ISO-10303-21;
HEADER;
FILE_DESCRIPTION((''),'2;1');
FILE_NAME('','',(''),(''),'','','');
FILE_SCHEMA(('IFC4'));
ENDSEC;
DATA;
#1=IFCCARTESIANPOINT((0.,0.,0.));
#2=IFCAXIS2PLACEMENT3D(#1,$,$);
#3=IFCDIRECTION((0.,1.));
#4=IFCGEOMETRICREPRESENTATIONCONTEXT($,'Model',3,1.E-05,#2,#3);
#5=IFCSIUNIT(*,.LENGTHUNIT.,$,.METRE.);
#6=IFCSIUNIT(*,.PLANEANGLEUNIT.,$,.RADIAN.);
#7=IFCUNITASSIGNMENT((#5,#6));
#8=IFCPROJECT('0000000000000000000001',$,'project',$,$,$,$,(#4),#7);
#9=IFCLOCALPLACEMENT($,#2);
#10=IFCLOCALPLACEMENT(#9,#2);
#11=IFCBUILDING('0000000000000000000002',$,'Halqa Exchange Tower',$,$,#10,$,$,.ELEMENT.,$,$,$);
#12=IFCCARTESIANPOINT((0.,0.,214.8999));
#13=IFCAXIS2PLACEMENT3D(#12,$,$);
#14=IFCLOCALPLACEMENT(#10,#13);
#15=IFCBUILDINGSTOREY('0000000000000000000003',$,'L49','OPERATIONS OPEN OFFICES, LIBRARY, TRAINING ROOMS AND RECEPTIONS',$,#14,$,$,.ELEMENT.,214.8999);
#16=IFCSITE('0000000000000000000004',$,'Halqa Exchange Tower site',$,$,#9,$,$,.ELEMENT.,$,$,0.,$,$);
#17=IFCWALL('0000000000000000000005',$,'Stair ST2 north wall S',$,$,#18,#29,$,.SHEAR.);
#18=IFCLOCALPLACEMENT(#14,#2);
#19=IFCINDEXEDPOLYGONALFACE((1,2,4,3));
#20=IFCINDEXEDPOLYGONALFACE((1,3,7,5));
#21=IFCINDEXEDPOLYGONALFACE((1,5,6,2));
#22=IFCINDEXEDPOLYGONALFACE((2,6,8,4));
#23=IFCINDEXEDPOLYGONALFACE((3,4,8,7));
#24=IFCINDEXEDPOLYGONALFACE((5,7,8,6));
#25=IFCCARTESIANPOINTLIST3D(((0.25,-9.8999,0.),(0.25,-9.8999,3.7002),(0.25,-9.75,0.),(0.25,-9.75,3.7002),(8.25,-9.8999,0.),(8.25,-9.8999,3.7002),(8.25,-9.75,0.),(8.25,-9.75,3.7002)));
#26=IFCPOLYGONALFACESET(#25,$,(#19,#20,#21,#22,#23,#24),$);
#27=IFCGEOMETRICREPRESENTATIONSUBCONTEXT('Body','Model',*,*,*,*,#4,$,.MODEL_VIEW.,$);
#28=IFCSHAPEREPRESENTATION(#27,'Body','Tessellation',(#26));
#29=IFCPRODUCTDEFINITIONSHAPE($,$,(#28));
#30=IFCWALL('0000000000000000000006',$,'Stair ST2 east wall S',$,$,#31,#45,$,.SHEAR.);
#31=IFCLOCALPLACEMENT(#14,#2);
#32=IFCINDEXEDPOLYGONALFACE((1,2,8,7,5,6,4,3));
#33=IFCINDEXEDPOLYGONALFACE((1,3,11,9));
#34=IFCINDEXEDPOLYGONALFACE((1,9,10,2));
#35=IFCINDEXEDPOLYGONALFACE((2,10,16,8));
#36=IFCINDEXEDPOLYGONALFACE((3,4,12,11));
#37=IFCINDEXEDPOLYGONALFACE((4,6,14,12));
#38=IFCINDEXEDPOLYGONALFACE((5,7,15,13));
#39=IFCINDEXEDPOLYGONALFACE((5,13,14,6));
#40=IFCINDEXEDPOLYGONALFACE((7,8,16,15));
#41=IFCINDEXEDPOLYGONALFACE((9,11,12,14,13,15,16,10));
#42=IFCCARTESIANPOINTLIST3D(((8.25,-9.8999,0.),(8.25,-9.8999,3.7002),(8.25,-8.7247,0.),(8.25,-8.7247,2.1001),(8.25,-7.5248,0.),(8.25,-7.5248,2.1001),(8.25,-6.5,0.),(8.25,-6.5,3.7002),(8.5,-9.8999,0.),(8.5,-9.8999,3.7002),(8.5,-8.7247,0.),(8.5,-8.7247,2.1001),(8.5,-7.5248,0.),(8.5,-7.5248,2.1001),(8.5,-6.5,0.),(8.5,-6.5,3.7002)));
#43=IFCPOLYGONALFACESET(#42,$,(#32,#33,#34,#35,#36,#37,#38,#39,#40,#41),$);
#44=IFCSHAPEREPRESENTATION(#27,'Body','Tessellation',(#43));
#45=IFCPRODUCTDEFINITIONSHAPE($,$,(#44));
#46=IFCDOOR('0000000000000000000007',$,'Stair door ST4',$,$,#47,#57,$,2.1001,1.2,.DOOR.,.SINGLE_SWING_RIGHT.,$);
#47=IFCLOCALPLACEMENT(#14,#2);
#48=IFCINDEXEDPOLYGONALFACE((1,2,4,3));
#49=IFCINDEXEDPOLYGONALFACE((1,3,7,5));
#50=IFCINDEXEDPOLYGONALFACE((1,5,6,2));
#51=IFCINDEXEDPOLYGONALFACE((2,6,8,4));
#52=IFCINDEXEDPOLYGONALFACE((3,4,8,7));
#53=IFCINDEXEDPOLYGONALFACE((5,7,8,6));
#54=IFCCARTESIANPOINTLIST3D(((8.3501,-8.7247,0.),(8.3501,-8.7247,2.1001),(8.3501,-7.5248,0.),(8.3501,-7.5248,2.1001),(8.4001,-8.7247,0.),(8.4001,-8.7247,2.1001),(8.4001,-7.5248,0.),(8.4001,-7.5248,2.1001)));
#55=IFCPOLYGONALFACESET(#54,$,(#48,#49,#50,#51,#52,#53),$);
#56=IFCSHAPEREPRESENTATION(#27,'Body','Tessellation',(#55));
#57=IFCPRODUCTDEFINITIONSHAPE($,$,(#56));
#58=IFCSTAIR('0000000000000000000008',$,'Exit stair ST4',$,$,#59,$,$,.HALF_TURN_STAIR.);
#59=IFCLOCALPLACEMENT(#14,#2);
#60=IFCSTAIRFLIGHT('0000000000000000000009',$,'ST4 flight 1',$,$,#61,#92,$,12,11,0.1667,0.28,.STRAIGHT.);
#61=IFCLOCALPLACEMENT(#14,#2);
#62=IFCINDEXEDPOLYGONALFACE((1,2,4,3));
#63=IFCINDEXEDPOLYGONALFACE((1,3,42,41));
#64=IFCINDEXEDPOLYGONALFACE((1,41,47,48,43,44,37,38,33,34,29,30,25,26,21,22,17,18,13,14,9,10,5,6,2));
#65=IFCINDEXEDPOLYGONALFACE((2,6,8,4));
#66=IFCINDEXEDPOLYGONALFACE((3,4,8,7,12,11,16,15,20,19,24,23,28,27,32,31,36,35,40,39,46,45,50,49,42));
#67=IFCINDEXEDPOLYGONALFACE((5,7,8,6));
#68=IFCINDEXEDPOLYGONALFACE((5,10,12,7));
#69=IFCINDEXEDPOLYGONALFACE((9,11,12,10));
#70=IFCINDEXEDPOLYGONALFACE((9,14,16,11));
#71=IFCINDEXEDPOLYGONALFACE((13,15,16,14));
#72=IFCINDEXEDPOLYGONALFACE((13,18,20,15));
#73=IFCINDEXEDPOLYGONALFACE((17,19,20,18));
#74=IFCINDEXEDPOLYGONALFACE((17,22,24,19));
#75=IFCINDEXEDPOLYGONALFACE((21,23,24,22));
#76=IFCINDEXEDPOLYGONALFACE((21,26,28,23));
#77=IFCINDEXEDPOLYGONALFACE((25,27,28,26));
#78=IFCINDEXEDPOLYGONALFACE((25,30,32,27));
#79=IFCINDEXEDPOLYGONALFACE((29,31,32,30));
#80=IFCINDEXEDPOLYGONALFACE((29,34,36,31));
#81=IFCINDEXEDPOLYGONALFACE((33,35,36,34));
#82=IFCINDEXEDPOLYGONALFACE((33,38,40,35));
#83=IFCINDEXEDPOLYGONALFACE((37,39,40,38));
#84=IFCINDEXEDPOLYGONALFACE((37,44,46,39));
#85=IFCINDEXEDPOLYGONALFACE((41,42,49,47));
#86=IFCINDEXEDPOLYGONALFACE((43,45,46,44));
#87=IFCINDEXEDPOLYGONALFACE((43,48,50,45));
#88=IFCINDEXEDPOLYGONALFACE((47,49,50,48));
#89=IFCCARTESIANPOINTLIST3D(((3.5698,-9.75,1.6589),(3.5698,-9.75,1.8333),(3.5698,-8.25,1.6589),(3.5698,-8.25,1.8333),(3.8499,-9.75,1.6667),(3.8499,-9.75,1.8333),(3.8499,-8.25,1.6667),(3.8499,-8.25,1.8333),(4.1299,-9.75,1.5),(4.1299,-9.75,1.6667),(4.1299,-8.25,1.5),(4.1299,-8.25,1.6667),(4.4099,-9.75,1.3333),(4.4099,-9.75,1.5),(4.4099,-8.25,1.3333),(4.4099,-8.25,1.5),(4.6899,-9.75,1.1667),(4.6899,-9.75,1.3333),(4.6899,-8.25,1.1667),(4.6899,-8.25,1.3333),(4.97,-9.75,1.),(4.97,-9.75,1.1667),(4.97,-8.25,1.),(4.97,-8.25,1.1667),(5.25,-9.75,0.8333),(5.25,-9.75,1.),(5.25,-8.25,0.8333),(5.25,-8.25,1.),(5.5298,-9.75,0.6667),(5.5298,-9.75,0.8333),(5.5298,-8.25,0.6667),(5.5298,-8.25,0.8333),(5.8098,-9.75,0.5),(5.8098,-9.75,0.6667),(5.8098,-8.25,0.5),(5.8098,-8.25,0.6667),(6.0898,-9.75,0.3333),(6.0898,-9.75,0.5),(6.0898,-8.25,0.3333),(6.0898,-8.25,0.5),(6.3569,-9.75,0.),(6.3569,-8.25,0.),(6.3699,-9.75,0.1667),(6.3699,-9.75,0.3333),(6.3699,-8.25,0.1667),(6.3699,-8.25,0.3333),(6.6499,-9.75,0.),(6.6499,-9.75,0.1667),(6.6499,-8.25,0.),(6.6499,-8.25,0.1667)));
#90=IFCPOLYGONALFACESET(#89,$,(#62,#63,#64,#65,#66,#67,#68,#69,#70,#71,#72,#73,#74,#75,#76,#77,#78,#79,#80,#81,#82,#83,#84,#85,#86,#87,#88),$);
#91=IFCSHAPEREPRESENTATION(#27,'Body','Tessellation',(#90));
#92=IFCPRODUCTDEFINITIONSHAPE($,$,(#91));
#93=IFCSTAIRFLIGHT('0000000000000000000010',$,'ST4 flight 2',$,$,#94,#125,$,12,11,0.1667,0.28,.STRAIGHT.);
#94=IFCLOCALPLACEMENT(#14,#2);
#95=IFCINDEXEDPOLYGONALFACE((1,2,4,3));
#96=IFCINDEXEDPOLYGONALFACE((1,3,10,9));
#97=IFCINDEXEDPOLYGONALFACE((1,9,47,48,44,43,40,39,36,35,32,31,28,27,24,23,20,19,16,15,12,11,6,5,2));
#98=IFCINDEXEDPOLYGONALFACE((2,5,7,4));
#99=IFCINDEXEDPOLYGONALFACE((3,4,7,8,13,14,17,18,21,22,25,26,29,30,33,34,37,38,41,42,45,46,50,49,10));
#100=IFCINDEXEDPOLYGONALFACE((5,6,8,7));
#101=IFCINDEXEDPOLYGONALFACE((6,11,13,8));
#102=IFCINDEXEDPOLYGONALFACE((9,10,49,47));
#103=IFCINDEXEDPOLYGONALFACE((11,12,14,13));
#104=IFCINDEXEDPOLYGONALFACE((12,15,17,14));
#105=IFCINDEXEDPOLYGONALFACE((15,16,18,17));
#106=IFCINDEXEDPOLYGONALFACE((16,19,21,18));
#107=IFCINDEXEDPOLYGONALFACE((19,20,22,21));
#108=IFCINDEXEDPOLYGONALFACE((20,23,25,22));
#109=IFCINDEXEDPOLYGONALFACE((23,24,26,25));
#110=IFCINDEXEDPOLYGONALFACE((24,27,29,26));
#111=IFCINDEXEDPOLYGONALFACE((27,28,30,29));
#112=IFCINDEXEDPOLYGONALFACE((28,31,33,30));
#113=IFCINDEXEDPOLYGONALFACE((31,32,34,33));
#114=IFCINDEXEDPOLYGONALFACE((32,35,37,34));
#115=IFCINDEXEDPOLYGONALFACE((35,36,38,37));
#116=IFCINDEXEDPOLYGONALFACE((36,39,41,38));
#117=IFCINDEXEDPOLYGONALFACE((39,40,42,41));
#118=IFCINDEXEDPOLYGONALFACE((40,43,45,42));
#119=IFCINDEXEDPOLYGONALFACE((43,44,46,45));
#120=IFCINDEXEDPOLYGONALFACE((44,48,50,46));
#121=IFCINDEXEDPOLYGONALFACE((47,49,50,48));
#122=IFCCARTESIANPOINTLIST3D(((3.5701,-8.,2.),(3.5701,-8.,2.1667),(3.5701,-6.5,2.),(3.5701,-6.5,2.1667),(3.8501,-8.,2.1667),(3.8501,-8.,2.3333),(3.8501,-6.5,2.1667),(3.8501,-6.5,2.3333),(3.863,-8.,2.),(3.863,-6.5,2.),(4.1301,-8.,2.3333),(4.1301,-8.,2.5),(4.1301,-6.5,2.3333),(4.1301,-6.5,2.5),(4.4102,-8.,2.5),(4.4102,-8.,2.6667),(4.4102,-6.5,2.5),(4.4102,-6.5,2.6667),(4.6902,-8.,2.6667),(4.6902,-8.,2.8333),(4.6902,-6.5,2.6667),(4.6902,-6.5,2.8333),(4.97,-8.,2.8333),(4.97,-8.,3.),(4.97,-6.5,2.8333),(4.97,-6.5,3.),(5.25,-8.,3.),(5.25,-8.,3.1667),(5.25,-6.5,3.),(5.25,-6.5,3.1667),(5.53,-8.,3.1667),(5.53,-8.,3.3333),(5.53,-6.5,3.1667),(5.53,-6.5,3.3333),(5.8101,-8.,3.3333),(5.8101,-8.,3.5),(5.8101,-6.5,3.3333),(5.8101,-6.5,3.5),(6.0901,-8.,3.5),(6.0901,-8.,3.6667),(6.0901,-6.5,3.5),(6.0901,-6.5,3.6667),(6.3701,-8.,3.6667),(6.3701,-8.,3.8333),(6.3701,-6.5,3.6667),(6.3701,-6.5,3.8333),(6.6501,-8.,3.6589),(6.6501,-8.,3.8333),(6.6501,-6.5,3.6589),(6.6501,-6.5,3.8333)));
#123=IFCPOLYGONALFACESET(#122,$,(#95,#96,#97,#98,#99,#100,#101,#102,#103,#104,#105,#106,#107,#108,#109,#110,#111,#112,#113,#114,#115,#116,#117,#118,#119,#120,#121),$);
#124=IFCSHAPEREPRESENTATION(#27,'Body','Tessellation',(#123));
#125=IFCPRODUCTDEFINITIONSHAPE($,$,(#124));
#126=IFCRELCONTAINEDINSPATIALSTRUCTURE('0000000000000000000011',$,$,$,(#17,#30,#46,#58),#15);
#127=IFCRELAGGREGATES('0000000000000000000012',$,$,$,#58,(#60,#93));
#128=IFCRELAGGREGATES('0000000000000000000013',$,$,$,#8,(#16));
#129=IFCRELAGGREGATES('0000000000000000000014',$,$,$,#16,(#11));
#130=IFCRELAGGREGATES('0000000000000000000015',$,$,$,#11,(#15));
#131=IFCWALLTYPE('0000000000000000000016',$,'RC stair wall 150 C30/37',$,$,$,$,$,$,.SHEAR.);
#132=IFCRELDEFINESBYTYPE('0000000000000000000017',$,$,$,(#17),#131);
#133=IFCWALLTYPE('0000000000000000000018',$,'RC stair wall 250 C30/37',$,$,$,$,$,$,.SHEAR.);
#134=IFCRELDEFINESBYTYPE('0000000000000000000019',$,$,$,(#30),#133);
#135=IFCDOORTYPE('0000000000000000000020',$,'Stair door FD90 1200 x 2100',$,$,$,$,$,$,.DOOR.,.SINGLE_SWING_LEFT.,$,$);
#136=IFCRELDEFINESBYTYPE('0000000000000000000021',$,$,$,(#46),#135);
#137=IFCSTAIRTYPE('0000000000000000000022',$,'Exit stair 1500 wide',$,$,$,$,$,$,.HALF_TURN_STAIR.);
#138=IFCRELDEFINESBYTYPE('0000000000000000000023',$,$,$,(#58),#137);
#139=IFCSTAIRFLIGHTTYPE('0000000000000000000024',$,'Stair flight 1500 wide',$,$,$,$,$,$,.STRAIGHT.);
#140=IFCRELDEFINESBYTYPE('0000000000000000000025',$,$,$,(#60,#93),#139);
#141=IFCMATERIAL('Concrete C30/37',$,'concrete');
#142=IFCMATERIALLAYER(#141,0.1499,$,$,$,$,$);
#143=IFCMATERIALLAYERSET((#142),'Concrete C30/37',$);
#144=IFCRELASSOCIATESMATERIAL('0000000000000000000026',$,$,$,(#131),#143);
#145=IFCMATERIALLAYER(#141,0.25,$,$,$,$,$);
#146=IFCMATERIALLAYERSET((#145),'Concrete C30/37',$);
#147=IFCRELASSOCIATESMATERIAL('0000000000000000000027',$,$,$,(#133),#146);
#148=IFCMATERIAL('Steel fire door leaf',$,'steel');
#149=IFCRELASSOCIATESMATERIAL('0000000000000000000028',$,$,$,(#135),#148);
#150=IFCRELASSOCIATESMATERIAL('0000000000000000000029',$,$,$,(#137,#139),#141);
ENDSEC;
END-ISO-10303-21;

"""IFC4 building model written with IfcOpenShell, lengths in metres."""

from ifc_helpers import new_model, si_unit, direction, frame, frame_2d, origin, place, context, subcontext, project, spatial, polyline, rectangle, outline, extrude, material, layer, layer_set, type_object, element, fill, aggregate, save


model = new_model("IFC4")

# Units and contexts
model_context = context("Model", 3, precision=1e-05, world=origin(), true_north=direction((0.0, 1.0)))
body_context = subcontext(model_context, "Body", "Model", "MODEL_VIEW")
ifc_project = project(units=[si_unit("LENGTHUNIT", "METRE"), si_unit("PLANEANGLEUNIT", "RADIAN")], contexts=[model_context])

# Site, building, storey
site_placement = place(None, origin())
site = spatial("IfcSite", under=ifc_project, at=site_placement, Name="Halqa Exchange Tower site", CompositionType="ELEMENT", RefElevation=0.0)
building_placement = place(site_placement, origin())
building = spatial("IfcBuilding", under=site, at=building_placement, Name="Halqa Exchange Tower", CompositionType="ELEMENT")
storey_placement = place(building_placement, frame((0.0, 0.0, 214.8999)))
storey = spatial("IfcBuildingStorey", under=building, at=storey_placement, Name="L49", Description="OPERATIONS OPEN OFFICES, LIBRARY, TRAINING ROOMS AND RECEPTIONS", CompositionType="ELEMENT", Elevation=214.8999)

# Shared definitions
ifc_material_1 = material(Name="Steel fire door leaf", Category="steel")

# Wall
ifc_material_2 = material(Name="Concrete C30/37", Category="concrete")
ifc_layer_1 = layer(ifc_material_2, 0.1499)
ifc_layer_set_1 = layer_set([ifc_layer_1], Name="Concrete C30/37")
wall_type_1 = type_object("IfcWallType", Name="RC stair wall 150 C30/37", PredefinedType="SHEAR", material=ifc_layer_set_1)
wall_1_placement = place(storey_placement, frame((0.25, -9.825, 0.0), z_axis=(0.0, 0.0, 1.0), x_axis=(1.0, 0.0, 0.0)))
element("IfcWall", 1, at=wall_1_placement, inside=storey, type_object=wall_type_1, Name="Stair ST2 north wall S", PredefinedType="SHEAR", context=body_context, shape_type="SweptSolid", body=[
    extrude(rectangle(XDim=8.0, YDim=0.1499, at=frame_2d((4.0, 0.0))), origin(), (0.0, 0.0, 1.0), 3.7002),
])

# Wall, opening, door
ifc_layer_2 = layer(ifc_material_2, 0.25)
ifc_layer_set_2 = layer_set([ifc_layer_2], Name="Concrete C30/37")
wall_type_2 = type_object("IfcWallType", Name="RC stair wall 250 C30/37", PredefinedType="SHEAR", material=ifc_layer_set_2)
wall_2_placement = place(storey_placement, frame((8.375, -9.8999, 0.0), z_axis=(0.0, 0.0, 1.0), x_axis=(0.0, 1.0, 0.0)))
wall_2 = element("IfcWall", 2, at=wall_2_placement, inside=storey, type_object=wall_type_2, Name="Stair ST2 east wall S", PredefinedType="SHEAR", context=body_context, shape_type="SweptSolid", body=[
    extrude(rectangle(XDim=3.3999, YDim=0.25, at=frame_2d((1.7, 0.0))), origin(), (0.0, 0.0, 1.0), 3.7002),
])
opening_1_placement = place(wall_2_placement, frame((1.175, 0.0, 0.0)))
opening_1 = element("IfcOpeningElement", 3, at=opening_1_placement, cuts=wall_2, PredefinedType="OPENING", context=body_context, shape_type="SweptSolid", body=[
    extrude(rectangle(XDim=1.2, YDim=2.1001, at=frame_2d((0.6001, 1.05))), frame((0.0, 0.137, 0.0), z_axis=(0.0, -1.0, 0.0), x_axis=(1.0, 0.0, 0.0)), (0.0, 0.0, 1.0), 0.2739),
])
door_type_1 = type_object("IfcDoorType", Name="Stair door FD90 1200 x 2100", OperationType="SINGLE_SWING_LEFT", PredefinedType="DOOR", material=ifc_material_1)
door_1_placement = place(opening_1_placement, origin())
door_1 = element("IfcDoor", 4, at=door_1_placement, inside=storey, type_object=door_type_1, Name="Stair door ST4", OperationType="SINGLE_SWING_RIGHT", OverallHeight=2.1001, OverallWidth=1.2, PredefinedType="DOOR", context=body_context, shape_type="SweptSolid", body=[
    extrude(rectangle(XDim=1.2, YDim=2.1001, at=frame_2d((0.6001, 1.05))), frame((0.0, 0.0249, 0.0), z_axis=(0.0, -1.0, 0.0), x_axis=(1.0, 0.0, 0.0)), (0.0, 0.0, 1.0), 0.05),
])
fill(opening_1, door_1)

# Stair, stair flights
stair_type = type_object("IfcStairType", Name="Exit stair 1500 wide", PredefinedType="HALF_TURN_STAIR", material=ifc_material_2)
stair_placement = place(storey_placement, origin())
stair = element("IfcStair", 5, at=stair_placement, inside=storey, type_object=stair_type, Name="Exit stair ST4", PredefinedType="HALF_TURN_STAIR")
stair_flight_type = type_object("IfcStairFlightType", Name="Stair flight 1500 wide", PredefinedType="STRAIGHT", material=ifc_material_2)
stair_flight_1_placement = place(storey_placement, frame((6.6499, -9.0, 0.0), z_axis=(0.0, 0.0, 1.0), x_axis=(-1.0, 0.0, 0.0)))
stair_flight_1 = element("IfcStairFlight", 6, at=stair_flight_1_placement, type_object=stair_flight_type, Name="ST4 flight 1", NumberOfRisers=12, NumberOfTreads=11, PredefinedType="STRAIGHT", RiserHeight=0.1667, TreadLength=0.28, context=body_context, shape_type="SweptSolid", body=[
    extrude(outline(polyline([(0.0, 0.0), (0.0, 0.1667), (0.28, 0.1667), (0.28, 0.3333), (0.5601, 0.3333), (0.5601, 0.5), (0.8401, 0.5), (0.8401, 0.6667), (1.1201, 0.6667), (1.1201, 0.8333), (1.3999, 0.8333), (1.3999, 1.0), (1.6799, 1.0), (1.6799, 1.1667), (1.96, 1.1667), (1.96, 1.3333), (2.24, 1.3333), (2.24, 1.5), (2.52, 1.5), (2.52, 1.6667), (2.8, 1.6667), (2.8, 1.8333), (3.0801, 1.8333), (3.0801, 2.0), (3.0801, 1.6589), (0.293, 0.0), (0.0, 0.0)])), frame((0.0, 0.75, 0.0), z_axis=(0.0, -1.0, 0.0), x_axis=(1.0, 0.0, 0.0)), (0.0, 0.0, 1.0), 1.5),
])
stair_flight_2_placement = place(storey_placement, frame((3.5701, -7.25, 2.0), z_axis=(0.0, 0.0, 1.0), x_axis=(1.0, 0.0, 0.0)))
stair_flight_2 = element("IfcStairFlight", 7, at=stair_flight_2_placement, type_object=stair_flight_type, Name="ST4 flight 2", NumberOfRisers=12, NumberOfTreads=11, PredefinedType="STRAIGHT", RiserHeight=0.1667, TreadLength=0.28, context=body_context, shape_type="SweptSolid", body=[
    extrude(outline(polyline([(0.0, 0.0), (0.0, 0.1667), (0.28, 0.1667), (0.28, 0.3333), (0.5601, 0.3333), (0.5601, 0.5), (0.8401, 0.5), (0.8401, 0.6667), (1.1201, 0.6667), (1.1201, 0.8333), (1.3999, 0.8333), (1.3999, 1.0), (1.6799, 1.0), (1.6799, 1.1667), (1.96, 1.1667), (1.96, 1.3333), (2.24, 1.3333), (2.24, 1.5), (2.52, 1.5), (2.52, 1.6667), (2.8, 1.6667), (2.8, 1.8333), (3.0801, 1.8333), (3.0801, 2.0), (3.0801, 1.6589), (0.293, 0.0), (0.0, 0.0)])), frame((0.0, 0.75, 0.0), z_axis=(0.0, -1.0, 0.0), x_axis=(1.0, 0.0, 0.0)), (0.0, 0.0, 1.0), 1.5),
])
aggregate(stair, [stair_flight_1, stair_flight_2])

save(model, "model.ifc")
